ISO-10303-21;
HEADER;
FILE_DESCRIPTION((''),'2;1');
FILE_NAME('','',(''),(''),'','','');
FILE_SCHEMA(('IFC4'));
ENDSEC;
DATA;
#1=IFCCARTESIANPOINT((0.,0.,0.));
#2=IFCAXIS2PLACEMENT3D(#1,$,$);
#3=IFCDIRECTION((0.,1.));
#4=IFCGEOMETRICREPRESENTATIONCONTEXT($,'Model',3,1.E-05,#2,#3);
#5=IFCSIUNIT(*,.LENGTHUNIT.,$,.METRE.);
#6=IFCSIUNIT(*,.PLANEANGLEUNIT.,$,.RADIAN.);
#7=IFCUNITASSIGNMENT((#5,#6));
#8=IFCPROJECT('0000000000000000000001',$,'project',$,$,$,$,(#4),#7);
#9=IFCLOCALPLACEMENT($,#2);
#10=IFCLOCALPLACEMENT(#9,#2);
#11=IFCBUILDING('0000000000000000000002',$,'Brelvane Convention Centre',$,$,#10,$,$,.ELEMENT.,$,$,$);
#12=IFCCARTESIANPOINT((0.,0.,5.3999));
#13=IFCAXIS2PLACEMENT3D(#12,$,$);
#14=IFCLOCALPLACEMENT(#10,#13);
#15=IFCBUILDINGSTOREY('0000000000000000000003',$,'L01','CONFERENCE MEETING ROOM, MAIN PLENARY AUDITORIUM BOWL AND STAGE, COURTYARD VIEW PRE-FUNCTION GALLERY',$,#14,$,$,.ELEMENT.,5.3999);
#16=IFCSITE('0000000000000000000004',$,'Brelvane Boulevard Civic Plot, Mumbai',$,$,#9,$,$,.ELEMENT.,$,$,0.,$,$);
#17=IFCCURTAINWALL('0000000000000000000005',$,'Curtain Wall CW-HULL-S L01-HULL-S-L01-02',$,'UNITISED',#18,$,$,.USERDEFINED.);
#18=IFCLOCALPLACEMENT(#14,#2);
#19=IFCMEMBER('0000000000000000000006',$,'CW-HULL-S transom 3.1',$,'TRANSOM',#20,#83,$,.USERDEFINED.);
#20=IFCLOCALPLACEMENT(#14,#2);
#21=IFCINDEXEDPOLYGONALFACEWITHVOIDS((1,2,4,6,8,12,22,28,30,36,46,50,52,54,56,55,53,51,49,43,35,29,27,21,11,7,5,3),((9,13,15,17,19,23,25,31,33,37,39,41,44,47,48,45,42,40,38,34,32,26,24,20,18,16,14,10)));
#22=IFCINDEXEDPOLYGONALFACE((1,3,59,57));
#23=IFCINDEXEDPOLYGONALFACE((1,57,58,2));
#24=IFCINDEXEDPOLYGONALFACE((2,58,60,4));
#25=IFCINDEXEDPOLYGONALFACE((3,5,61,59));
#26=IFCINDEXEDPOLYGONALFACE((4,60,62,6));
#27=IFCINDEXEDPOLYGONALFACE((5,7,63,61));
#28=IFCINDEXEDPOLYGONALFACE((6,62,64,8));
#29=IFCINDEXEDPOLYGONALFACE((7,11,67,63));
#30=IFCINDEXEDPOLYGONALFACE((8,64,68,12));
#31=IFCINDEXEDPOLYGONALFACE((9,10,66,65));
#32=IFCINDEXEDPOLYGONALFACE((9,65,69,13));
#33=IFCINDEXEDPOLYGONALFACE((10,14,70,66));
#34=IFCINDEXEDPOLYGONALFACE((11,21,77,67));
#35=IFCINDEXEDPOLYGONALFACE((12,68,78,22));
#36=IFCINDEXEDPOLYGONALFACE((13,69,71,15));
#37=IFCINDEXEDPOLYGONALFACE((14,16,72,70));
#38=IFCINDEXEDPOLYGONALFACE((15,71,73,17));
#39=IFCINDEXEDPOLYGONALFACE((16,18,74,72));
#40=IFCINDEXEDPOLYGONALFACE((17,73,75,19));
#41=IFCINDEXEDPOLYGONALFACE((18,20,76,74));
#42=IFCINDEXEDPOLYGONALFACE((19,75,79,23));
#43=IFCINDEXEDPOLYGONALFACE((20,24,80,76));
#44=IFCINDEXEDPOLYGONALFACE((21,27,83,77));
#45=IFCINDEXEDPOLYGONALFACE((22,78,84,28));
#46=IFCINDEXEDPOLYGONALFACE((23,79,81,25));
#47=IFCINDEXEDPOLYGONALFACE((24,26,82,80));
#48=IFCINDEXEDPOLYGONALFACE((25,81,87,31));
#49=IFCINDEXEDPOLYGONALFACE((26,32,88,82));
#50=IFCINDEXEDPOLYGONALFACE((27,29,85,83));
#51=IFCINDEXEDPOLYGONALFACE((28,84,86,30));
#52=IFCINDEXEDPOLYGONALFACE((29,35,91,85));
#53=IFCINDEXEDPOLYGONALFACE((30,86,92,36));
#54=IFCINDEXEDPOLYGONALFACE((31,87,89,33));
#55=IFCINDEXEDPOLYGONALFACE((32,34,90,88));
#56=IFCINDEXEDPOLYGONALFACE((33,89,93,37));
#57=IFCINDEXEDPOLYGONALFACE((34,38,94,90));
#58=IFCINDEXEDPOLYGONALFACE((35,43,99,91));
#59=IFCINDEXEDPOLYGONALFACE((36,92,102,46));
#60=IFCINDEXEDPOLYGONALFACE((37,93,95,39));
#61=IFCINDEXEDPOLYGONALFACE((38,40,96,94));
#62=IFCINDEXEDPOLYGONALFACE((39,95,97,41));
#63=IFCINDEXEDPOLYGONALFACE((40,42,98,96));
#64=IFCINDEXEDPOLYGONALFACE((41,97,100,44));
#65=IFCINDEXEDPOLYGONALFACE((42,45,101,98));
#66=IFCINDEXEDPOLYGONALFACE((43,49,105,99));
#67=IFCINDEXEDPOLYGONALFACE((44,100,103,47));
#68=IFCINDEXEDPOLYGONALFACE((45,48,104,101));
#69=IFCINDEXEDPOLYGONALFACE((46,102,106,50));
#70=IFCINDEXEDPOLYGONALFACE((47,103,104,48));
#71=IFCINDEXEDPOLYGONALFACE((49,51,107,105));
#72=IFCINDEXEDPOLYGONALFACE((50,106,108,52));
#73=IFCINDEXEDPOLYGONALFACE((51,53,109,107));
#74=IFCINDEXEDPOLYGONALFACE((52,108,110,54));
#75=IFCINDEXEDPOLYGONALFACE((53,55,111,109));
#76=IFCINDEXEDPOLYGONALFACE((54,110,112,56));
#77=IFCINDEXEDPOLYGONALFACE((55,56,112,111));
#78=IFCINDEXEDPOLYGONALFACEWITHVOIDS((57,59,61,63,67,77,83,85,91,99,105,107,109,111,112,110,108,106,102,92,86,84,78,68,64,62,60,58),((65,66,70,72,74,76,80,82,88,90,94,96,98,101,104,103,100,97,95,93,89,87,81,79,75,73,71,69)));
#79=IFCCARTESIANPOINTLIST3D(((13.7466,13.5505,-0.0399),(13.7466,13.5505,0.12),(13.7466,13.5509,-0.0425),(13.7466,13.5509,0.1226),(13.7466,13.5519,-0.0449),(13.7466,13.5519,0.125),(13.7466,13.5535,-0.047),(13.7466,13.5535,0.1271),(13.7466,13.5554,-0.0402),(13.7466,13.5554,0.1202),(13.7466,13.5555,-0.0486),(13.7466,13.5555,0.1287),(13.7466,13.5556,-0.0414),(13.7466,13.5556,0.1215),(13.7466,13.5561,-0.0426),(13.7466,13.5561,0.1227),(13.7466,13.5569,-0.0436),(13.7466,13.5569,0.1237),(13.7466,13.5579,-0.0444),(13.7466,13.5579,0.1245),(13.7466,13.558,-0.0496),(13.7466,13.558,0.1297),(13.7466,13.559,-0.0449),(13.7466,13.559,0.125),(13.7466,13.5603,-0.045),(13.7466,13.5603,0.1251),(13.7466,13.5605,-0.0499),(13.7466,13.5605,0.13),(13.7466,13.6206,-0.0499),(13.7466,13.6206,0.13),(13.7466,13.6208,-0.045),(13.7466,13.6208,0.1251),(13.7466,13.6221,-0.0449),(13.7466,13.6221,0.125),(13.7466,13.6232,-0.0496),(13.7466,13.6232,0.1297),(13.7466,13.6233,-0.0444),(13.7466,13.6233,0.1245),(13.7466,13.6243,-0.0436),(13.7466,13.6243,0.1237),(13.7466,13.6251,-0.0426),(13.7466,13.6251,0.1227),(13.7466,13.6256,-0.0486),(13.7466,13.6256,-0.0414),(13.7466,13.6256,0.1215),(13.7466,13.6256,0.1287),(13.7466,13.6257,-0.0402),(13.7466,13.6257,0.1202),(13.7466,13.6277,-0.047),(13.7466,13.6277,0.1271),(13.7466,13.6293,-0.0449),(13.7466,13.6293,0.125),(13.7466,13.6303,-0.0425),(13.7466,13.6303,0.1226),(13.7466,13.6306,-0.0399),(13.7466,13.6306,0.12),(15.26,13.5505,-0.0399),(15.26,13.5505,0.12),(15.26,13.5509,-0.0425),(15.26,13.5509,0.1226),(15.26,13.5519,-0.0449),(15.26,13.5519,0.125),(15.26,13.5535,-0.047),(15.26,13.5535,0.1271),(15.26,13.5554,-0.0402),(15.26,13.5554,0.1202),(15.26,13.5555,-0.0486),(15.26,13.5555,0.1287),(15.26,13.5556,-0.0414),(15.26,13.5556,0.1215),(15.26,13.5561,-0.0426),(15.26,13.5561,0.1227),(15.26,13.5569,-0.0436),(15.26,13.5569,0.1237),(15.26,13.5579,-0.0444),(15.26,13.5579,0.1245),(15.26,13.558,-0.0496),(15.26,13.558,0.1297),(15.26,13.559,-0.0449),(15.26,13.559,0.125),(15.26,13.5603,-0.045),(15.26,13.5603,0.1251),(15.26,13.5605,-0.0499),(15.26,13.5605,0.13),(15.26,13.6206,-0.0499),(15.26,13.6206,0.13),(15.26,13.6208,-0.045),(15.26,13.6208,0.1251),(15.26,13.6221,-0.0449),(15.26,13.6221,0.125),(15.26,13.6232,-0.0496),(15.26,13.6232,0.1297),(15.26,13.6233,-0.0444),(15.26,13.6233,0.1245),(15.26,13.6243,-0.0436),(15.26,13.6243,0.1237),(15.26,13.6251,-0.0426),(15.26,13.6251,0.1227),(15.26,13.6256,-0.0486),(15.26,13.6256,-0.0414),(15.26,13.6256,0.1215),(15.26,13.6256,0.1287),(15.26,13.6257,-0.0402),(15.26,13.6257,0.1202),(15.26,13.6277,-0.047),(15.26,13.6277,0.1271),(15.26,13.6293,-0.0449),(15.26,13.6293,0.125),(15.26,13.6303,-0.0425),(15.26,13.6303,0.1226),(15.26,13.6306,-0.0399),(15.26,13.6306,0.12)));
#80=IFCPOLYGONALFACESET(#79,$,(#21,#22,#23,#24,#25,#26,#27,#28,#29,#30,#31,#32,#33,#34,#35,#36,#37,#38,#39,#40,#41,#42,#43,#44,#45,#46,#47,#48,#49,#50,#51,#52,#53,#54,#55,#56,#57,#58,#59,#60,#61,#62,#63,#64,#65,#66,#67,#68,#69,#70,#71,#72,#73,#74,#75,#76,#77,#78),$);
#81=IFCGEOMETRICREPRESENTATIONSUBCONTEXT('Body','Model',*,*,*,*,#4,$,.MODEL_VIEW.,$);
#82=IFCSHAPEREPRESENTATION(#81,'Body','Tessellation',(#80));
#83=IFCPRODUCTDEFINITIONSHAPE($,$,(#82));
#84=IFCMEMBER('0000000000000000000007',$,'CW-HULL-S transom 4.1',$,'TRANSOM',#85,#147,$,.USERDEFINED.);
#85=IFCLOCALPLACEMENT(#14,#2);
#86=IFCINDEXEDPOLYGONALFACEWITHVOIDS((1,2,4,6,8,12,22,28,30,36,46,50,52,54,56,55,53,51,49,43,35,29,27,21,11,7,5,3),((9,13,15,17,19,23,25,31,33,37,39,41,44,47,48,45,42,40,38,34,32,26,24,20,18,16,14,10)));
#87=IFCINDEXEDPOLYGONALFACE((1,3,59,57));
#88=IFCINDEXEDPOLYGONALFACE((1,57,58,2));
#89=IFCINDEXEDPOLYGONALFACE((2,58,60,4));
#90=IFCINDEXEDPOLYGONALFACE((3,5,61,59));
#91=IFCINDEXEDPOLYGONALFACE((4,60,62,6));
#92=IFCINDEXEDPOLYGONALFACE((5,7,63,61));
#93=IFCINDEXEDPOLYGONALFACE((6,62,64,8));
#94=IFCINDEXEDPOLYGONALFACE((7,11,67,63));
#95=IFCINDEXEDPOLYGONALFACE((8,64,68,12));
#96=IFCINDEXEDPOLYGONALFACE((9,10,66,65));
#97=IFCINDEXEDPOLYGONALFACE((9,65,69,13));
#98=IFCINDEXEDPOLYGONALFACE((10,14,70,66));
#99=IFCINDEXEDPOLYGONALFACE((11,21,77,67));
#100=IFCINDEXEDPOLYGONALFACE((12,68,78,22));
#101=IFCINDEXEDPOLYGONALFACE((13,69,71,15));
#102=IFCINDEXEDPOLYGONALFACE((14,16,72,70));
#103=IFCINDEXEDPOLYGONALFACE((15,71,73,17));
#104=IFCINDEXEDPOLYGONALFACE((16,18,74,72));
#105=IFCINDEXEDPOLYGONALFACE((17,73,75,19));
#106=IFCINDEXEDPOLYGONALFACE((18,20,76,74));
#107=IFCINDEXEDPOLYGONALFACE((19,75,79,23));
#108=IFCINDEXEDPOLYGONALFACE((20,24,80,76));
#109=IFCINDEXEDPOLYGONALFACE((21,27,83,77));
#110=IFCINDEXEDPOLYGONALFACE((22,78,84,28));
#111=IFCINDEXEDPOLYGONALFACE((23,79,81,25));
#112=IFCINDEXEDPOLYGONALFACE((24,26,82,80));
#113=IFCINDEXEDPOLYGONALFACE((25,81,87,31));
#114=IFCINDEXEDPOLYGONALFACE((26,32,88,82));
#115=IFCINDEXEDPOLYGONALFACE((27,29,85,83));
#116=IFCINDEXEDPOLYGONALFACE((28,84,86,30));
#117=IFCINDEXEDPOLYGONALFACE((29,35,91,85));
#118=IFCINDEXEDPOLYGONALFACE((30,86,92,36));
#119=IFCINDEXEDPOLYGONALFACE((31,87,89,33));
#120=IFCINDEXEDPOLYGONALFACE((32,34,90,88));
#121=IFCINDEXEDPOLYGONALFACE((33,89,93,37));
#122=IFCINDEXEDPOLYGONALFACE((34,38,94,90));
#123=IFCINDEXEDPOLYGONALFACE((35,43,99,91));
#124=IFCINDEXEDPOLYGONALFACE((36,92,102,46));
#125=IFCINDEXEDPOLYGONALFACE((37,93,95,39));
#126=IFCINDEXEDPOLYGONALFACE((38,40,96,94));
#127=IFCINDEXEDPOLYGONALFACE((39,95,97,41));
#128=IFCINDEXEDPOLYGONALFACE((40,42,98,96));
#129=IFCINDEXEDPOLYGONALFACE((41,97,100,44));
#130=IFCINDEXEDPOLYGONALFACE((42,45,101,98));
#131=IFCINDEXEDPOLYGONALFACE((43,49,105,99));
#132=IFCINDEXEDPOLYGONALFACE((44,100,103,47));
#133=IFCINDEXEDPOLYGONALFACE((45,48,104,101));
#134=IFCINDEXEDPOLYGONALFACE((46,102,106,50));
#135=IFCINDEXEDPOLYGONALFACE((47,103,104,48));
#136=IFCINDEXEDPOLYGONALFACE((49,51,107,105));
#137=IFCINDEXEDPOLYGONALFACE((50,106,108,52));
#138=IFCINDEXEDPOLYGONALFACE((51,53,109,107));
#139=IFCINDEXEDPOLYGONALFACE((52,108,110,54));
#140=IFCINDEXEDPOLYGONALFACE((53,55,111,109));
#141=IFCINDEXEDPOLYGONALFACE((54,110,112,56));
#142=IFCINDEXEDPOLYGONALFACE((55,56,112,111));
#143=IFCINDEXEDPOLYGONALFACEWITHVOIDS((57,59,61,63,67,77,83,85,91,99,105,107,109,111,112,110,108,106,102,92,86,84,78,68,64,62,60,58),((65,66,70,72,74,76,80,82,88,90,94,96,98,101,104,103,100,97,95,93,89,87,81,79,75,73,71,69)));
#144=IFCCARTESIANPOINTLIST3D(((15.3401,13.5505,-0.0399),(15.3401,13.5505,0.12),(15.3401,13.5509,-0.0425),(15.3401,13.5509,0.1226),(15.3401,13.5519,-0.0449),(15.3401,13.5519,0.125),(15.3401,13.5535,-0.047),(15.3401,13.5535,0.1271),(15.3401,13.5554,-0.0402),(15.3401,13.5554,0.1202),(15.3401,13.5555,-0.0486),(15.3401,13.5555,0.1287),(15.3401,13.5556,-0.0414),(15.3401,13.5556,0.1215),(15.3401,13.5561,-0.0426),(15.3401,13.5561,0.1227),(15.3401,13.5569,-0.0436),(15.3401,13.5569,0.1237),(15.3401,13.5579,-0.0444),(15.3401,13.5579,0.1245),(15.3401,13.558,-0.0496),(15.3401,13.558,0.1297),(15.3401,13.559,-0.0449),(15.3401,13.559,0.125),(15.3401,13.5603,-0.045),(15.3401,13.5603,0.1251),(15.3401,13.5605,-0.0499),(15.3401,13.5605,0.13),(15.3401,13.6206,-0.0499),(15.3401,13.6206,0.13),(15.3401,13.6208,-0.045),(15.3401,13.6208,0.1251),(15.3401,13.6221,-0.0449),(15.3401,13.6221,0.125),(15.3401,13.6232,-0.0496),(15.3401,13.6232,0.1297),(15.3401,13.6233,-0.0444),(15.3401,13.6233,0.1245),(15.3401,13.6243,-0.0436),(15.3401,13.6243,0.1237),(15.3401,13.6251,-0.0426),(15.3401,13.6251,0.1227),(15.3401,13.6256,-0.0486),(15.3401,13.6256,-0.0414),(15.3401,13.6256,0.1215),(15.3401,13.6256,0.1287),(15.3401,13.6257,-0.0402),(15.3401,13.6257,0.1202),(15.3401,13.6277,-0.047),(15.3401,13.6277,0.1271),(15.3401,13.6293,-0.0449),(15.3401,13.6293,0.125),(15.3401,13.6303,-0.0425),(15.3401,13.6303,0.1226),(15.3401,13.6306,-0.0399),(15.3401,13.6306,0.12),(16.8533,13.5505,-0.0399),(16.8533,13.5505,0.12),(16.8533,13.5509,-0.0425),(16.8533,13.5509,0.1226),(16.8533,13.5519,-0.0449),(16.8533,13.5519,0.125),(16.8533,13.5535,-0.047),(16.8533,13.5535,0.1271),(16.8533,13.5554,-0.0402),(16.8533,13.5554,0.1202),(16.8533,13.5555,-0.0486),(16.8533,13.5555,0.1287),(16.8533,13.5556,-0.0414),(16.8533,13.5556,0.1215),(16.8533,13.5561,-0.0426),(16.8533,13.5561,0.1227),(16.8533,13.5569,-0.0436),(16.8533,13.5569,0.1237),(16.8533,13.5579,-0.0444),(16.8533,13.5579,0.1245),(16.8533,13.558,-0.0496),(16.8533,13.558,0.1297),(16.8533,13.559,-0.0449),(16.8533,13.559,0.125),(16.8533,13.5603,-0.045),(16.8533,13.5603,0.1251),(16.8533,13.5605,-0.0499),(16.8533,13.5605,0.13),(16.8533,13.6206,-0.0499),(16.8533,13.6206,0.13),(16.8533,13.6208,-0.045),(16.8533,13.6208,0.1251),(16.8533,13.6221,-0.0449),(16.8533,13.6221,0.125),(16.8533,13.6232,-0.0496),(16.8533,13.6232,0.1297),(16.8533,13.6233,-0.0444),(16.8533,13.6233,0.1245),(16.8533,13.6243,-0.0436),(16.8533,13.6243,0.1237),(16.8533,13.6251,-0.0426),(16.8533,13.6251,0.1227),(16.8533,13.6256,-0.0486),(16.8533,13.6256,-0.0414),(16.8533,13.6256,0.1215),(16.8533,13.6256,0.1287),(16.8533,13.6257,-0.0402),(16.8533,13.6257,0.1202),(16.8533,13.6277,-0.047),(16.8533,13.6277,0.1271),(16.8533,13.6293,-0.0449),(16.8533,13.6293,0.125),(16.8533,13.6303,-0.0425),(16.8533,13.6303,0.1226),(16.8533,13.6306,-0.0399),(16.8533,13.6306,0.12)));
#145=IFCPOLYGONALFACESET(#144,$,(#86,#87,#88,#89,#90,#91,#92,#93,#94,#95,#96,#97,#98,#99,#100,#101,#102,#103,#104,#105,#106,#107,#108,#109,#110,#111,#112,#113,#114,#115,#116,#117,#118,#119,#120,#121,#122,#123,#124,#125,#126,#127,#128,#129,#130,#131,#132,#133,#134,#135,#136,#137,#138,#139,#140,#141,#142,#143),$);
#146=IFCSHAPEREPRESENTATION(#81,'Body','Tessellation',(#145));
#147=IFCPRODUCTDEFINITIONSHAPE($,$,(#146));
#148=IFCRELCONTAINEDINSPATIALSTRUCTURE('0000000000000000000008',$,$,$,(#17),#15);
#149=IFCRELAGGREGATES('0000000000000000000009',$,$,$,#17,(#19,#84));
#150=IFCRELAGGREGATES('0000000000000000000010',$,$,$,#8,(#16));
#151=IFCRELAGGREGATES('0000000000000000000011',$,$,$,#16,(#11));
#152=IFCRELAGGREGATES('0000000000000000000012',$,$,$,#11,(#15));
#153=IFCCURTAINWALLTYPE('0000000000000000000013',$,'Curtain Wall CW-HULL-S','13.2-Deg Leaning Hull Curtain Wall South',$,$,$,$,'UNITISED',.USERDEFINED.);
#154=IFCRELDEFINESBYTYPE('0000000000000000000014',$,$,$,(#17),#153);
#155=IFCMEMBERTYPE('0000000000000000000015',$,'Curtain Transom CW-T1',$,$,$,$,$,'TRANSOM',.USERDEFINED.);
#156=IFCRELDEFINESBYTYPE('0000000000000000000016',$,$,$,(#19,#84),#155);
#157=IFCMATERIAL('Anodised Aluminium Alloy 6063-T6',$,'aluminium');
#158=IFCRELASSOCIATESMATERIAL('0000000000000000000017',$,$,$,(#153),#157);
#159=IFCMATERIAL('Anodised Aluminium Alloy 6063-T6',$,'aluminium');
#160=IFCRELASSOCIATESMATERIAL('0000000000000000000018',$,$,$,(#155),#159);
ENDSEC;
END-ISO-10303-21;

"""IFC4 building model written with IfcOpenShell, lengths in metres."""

from ifc_helpers import new_model, si_unit, direction, frame, origin, origin_2d, place, context, subcontext, project, spatial, hollow_rectangle, extrude, material, material_profile, profile_set, type_object, element, aggregate, save


model = new_model("IFC4")

# Units and contexts
model_context = context("Model", 3, precision=1e-05, world=origin(), true_north=direction((0.0, 1.0)))
body_context = subcontext(model_context, "Body", "Model", "MODEL_VIEW")
ifc_project = project(units=[si_unit("LENGTHUNIT", "METRE"), si_unit("PLANEANGLEUNIT", "RADIAN")], contexts=[model_context])

# Site, building, storey
site_placement = place(None, origin())
site = spatial("IfcSite", under=ifc_project, at=site_placement, Name="Brelvane Boulevard Civic Plot, Mumbai", CompositionType="ELEMENT", RefElevation=0.0)
building_placement = place(site_placement, origin())
building = spatial("IfcBuilding", under=site, at=building_placement, Name="Brelvane Convention Centre", CompositionType="ELEMENT")
storey_placement = place(building_placement, frame((0.0, 0.0, 5.3999)))
storey = spatial("IfcBuildingStorey", under=building, at=storey_placement, Name="L01", Description="CONFERENCE MEETING ROOM, MAIN PLENARY AUDITORIUM BOWL AND STAGE, COURTYARD VIEW PRE-FUNCTION GALLERY", CompositionType="ELEMENT", Elevation=5.3999)

# Curtain wall
ifc_material_1 = material(Name="Anodised Aluminium Alloy 6063-T6", Category="aluminium")
curtain_wall_type = type_object("IfcCurtainWallType", Name="Curtain Wall CW-HULL-S", Description="13.2-Deg Leaning Hull Curtain Wall South", ElementType="UNITISED", PredefinedType="USERDEFINED", material=ifc_material_1)
curtain_wall_1_placement = place(storey_placement, origin())
curtain_wall_1 = element("IfcCurtainWall", 1, at=curtain_wall_1_placement, inside=storey, type_object=curtain_wall_type, Name="Curtain Wall CW-HULL-S L01-HULL-S-L01-02", ObjectType="UNITISED", PredefinedType="USERDEFINED")

# Members
ifc_material_2 = material(Name="Anodised Aluminium Alloy 6063-T6", Category="aluminium")
ifc_material_profile_1 = material_profile(ifc_material_2, hollow_rectangle(XDim=0.0801, YDim=0.1799, WallThickness=0.0049, InnerFilletRadius=0.0049, OuterFilletRadius=0.01, at=origin_2d()), Name="ALU-T 180x80x5.0")
ifc_profile_set_1 = profile_set([ifc_material_profile_1], Name="Anodised Aluminium Alloy 6063-T6")
member_type_1 = type_object("IfcMemberType", Name="Curtain Transom CW-T1", ElementType="TRANSOM", PredefinedType="USERDEFINED", material=ifc_profile_set_1)
member_1_placement = place(storey_placement, frame((13.7466, 13.5906, 0.04), z_axis=(1.0, 0.0, 0.0), x_axis=(0.0, 1.0, 0.0)))
member_1 = element("IfcMember", 2, at=member_1_placement, type_object=member_type_1, Name="CW-HULL-S transom 3.1", ObjectType="TRANSOM", PredefinedType="USERDEFINED", context=body_context, shape_type="SweptSolid", body=[
    extrude(hollow_rectangle(XDim=0.0801, YDim=0.1799, WallThickness=0.0049, InnerFilletRadius=0.0049, OuterFilletRadius=0.01, at=origin_2d()), origin(), (0.0, 0.0, 1.0), 1.5134),
])
member_2_placement = place(storey_placement, frame((15.3401, 13.5906, 0.04), z_axis=(1.0, 0.0, 0.0), x_axis=(0.0, 1.0, 0.0)))
member_2 = element("IfcMember", 3, at=member_2_placement, type_object=member_type_1, Name="CW-HULL-S transom 4.1", ObjectType="TRANSOM", PredefinedType="USERDEFINED", context=body_context, shape_type="SweptSolid", body=[
    extrude(hollow_rectangle(XDim=0.0801, YDim=0.1799, WallThickness=0.0049, InnerFilletRadius=0.0049, OuterFilletRadius=0.01, at=origin_2d()), origin(), (0.0, 0.0, 1.0), 1.5132),
])

aggregate(curtain_wall_1, [member_1, member_2])

save(model, "model.ifc")
